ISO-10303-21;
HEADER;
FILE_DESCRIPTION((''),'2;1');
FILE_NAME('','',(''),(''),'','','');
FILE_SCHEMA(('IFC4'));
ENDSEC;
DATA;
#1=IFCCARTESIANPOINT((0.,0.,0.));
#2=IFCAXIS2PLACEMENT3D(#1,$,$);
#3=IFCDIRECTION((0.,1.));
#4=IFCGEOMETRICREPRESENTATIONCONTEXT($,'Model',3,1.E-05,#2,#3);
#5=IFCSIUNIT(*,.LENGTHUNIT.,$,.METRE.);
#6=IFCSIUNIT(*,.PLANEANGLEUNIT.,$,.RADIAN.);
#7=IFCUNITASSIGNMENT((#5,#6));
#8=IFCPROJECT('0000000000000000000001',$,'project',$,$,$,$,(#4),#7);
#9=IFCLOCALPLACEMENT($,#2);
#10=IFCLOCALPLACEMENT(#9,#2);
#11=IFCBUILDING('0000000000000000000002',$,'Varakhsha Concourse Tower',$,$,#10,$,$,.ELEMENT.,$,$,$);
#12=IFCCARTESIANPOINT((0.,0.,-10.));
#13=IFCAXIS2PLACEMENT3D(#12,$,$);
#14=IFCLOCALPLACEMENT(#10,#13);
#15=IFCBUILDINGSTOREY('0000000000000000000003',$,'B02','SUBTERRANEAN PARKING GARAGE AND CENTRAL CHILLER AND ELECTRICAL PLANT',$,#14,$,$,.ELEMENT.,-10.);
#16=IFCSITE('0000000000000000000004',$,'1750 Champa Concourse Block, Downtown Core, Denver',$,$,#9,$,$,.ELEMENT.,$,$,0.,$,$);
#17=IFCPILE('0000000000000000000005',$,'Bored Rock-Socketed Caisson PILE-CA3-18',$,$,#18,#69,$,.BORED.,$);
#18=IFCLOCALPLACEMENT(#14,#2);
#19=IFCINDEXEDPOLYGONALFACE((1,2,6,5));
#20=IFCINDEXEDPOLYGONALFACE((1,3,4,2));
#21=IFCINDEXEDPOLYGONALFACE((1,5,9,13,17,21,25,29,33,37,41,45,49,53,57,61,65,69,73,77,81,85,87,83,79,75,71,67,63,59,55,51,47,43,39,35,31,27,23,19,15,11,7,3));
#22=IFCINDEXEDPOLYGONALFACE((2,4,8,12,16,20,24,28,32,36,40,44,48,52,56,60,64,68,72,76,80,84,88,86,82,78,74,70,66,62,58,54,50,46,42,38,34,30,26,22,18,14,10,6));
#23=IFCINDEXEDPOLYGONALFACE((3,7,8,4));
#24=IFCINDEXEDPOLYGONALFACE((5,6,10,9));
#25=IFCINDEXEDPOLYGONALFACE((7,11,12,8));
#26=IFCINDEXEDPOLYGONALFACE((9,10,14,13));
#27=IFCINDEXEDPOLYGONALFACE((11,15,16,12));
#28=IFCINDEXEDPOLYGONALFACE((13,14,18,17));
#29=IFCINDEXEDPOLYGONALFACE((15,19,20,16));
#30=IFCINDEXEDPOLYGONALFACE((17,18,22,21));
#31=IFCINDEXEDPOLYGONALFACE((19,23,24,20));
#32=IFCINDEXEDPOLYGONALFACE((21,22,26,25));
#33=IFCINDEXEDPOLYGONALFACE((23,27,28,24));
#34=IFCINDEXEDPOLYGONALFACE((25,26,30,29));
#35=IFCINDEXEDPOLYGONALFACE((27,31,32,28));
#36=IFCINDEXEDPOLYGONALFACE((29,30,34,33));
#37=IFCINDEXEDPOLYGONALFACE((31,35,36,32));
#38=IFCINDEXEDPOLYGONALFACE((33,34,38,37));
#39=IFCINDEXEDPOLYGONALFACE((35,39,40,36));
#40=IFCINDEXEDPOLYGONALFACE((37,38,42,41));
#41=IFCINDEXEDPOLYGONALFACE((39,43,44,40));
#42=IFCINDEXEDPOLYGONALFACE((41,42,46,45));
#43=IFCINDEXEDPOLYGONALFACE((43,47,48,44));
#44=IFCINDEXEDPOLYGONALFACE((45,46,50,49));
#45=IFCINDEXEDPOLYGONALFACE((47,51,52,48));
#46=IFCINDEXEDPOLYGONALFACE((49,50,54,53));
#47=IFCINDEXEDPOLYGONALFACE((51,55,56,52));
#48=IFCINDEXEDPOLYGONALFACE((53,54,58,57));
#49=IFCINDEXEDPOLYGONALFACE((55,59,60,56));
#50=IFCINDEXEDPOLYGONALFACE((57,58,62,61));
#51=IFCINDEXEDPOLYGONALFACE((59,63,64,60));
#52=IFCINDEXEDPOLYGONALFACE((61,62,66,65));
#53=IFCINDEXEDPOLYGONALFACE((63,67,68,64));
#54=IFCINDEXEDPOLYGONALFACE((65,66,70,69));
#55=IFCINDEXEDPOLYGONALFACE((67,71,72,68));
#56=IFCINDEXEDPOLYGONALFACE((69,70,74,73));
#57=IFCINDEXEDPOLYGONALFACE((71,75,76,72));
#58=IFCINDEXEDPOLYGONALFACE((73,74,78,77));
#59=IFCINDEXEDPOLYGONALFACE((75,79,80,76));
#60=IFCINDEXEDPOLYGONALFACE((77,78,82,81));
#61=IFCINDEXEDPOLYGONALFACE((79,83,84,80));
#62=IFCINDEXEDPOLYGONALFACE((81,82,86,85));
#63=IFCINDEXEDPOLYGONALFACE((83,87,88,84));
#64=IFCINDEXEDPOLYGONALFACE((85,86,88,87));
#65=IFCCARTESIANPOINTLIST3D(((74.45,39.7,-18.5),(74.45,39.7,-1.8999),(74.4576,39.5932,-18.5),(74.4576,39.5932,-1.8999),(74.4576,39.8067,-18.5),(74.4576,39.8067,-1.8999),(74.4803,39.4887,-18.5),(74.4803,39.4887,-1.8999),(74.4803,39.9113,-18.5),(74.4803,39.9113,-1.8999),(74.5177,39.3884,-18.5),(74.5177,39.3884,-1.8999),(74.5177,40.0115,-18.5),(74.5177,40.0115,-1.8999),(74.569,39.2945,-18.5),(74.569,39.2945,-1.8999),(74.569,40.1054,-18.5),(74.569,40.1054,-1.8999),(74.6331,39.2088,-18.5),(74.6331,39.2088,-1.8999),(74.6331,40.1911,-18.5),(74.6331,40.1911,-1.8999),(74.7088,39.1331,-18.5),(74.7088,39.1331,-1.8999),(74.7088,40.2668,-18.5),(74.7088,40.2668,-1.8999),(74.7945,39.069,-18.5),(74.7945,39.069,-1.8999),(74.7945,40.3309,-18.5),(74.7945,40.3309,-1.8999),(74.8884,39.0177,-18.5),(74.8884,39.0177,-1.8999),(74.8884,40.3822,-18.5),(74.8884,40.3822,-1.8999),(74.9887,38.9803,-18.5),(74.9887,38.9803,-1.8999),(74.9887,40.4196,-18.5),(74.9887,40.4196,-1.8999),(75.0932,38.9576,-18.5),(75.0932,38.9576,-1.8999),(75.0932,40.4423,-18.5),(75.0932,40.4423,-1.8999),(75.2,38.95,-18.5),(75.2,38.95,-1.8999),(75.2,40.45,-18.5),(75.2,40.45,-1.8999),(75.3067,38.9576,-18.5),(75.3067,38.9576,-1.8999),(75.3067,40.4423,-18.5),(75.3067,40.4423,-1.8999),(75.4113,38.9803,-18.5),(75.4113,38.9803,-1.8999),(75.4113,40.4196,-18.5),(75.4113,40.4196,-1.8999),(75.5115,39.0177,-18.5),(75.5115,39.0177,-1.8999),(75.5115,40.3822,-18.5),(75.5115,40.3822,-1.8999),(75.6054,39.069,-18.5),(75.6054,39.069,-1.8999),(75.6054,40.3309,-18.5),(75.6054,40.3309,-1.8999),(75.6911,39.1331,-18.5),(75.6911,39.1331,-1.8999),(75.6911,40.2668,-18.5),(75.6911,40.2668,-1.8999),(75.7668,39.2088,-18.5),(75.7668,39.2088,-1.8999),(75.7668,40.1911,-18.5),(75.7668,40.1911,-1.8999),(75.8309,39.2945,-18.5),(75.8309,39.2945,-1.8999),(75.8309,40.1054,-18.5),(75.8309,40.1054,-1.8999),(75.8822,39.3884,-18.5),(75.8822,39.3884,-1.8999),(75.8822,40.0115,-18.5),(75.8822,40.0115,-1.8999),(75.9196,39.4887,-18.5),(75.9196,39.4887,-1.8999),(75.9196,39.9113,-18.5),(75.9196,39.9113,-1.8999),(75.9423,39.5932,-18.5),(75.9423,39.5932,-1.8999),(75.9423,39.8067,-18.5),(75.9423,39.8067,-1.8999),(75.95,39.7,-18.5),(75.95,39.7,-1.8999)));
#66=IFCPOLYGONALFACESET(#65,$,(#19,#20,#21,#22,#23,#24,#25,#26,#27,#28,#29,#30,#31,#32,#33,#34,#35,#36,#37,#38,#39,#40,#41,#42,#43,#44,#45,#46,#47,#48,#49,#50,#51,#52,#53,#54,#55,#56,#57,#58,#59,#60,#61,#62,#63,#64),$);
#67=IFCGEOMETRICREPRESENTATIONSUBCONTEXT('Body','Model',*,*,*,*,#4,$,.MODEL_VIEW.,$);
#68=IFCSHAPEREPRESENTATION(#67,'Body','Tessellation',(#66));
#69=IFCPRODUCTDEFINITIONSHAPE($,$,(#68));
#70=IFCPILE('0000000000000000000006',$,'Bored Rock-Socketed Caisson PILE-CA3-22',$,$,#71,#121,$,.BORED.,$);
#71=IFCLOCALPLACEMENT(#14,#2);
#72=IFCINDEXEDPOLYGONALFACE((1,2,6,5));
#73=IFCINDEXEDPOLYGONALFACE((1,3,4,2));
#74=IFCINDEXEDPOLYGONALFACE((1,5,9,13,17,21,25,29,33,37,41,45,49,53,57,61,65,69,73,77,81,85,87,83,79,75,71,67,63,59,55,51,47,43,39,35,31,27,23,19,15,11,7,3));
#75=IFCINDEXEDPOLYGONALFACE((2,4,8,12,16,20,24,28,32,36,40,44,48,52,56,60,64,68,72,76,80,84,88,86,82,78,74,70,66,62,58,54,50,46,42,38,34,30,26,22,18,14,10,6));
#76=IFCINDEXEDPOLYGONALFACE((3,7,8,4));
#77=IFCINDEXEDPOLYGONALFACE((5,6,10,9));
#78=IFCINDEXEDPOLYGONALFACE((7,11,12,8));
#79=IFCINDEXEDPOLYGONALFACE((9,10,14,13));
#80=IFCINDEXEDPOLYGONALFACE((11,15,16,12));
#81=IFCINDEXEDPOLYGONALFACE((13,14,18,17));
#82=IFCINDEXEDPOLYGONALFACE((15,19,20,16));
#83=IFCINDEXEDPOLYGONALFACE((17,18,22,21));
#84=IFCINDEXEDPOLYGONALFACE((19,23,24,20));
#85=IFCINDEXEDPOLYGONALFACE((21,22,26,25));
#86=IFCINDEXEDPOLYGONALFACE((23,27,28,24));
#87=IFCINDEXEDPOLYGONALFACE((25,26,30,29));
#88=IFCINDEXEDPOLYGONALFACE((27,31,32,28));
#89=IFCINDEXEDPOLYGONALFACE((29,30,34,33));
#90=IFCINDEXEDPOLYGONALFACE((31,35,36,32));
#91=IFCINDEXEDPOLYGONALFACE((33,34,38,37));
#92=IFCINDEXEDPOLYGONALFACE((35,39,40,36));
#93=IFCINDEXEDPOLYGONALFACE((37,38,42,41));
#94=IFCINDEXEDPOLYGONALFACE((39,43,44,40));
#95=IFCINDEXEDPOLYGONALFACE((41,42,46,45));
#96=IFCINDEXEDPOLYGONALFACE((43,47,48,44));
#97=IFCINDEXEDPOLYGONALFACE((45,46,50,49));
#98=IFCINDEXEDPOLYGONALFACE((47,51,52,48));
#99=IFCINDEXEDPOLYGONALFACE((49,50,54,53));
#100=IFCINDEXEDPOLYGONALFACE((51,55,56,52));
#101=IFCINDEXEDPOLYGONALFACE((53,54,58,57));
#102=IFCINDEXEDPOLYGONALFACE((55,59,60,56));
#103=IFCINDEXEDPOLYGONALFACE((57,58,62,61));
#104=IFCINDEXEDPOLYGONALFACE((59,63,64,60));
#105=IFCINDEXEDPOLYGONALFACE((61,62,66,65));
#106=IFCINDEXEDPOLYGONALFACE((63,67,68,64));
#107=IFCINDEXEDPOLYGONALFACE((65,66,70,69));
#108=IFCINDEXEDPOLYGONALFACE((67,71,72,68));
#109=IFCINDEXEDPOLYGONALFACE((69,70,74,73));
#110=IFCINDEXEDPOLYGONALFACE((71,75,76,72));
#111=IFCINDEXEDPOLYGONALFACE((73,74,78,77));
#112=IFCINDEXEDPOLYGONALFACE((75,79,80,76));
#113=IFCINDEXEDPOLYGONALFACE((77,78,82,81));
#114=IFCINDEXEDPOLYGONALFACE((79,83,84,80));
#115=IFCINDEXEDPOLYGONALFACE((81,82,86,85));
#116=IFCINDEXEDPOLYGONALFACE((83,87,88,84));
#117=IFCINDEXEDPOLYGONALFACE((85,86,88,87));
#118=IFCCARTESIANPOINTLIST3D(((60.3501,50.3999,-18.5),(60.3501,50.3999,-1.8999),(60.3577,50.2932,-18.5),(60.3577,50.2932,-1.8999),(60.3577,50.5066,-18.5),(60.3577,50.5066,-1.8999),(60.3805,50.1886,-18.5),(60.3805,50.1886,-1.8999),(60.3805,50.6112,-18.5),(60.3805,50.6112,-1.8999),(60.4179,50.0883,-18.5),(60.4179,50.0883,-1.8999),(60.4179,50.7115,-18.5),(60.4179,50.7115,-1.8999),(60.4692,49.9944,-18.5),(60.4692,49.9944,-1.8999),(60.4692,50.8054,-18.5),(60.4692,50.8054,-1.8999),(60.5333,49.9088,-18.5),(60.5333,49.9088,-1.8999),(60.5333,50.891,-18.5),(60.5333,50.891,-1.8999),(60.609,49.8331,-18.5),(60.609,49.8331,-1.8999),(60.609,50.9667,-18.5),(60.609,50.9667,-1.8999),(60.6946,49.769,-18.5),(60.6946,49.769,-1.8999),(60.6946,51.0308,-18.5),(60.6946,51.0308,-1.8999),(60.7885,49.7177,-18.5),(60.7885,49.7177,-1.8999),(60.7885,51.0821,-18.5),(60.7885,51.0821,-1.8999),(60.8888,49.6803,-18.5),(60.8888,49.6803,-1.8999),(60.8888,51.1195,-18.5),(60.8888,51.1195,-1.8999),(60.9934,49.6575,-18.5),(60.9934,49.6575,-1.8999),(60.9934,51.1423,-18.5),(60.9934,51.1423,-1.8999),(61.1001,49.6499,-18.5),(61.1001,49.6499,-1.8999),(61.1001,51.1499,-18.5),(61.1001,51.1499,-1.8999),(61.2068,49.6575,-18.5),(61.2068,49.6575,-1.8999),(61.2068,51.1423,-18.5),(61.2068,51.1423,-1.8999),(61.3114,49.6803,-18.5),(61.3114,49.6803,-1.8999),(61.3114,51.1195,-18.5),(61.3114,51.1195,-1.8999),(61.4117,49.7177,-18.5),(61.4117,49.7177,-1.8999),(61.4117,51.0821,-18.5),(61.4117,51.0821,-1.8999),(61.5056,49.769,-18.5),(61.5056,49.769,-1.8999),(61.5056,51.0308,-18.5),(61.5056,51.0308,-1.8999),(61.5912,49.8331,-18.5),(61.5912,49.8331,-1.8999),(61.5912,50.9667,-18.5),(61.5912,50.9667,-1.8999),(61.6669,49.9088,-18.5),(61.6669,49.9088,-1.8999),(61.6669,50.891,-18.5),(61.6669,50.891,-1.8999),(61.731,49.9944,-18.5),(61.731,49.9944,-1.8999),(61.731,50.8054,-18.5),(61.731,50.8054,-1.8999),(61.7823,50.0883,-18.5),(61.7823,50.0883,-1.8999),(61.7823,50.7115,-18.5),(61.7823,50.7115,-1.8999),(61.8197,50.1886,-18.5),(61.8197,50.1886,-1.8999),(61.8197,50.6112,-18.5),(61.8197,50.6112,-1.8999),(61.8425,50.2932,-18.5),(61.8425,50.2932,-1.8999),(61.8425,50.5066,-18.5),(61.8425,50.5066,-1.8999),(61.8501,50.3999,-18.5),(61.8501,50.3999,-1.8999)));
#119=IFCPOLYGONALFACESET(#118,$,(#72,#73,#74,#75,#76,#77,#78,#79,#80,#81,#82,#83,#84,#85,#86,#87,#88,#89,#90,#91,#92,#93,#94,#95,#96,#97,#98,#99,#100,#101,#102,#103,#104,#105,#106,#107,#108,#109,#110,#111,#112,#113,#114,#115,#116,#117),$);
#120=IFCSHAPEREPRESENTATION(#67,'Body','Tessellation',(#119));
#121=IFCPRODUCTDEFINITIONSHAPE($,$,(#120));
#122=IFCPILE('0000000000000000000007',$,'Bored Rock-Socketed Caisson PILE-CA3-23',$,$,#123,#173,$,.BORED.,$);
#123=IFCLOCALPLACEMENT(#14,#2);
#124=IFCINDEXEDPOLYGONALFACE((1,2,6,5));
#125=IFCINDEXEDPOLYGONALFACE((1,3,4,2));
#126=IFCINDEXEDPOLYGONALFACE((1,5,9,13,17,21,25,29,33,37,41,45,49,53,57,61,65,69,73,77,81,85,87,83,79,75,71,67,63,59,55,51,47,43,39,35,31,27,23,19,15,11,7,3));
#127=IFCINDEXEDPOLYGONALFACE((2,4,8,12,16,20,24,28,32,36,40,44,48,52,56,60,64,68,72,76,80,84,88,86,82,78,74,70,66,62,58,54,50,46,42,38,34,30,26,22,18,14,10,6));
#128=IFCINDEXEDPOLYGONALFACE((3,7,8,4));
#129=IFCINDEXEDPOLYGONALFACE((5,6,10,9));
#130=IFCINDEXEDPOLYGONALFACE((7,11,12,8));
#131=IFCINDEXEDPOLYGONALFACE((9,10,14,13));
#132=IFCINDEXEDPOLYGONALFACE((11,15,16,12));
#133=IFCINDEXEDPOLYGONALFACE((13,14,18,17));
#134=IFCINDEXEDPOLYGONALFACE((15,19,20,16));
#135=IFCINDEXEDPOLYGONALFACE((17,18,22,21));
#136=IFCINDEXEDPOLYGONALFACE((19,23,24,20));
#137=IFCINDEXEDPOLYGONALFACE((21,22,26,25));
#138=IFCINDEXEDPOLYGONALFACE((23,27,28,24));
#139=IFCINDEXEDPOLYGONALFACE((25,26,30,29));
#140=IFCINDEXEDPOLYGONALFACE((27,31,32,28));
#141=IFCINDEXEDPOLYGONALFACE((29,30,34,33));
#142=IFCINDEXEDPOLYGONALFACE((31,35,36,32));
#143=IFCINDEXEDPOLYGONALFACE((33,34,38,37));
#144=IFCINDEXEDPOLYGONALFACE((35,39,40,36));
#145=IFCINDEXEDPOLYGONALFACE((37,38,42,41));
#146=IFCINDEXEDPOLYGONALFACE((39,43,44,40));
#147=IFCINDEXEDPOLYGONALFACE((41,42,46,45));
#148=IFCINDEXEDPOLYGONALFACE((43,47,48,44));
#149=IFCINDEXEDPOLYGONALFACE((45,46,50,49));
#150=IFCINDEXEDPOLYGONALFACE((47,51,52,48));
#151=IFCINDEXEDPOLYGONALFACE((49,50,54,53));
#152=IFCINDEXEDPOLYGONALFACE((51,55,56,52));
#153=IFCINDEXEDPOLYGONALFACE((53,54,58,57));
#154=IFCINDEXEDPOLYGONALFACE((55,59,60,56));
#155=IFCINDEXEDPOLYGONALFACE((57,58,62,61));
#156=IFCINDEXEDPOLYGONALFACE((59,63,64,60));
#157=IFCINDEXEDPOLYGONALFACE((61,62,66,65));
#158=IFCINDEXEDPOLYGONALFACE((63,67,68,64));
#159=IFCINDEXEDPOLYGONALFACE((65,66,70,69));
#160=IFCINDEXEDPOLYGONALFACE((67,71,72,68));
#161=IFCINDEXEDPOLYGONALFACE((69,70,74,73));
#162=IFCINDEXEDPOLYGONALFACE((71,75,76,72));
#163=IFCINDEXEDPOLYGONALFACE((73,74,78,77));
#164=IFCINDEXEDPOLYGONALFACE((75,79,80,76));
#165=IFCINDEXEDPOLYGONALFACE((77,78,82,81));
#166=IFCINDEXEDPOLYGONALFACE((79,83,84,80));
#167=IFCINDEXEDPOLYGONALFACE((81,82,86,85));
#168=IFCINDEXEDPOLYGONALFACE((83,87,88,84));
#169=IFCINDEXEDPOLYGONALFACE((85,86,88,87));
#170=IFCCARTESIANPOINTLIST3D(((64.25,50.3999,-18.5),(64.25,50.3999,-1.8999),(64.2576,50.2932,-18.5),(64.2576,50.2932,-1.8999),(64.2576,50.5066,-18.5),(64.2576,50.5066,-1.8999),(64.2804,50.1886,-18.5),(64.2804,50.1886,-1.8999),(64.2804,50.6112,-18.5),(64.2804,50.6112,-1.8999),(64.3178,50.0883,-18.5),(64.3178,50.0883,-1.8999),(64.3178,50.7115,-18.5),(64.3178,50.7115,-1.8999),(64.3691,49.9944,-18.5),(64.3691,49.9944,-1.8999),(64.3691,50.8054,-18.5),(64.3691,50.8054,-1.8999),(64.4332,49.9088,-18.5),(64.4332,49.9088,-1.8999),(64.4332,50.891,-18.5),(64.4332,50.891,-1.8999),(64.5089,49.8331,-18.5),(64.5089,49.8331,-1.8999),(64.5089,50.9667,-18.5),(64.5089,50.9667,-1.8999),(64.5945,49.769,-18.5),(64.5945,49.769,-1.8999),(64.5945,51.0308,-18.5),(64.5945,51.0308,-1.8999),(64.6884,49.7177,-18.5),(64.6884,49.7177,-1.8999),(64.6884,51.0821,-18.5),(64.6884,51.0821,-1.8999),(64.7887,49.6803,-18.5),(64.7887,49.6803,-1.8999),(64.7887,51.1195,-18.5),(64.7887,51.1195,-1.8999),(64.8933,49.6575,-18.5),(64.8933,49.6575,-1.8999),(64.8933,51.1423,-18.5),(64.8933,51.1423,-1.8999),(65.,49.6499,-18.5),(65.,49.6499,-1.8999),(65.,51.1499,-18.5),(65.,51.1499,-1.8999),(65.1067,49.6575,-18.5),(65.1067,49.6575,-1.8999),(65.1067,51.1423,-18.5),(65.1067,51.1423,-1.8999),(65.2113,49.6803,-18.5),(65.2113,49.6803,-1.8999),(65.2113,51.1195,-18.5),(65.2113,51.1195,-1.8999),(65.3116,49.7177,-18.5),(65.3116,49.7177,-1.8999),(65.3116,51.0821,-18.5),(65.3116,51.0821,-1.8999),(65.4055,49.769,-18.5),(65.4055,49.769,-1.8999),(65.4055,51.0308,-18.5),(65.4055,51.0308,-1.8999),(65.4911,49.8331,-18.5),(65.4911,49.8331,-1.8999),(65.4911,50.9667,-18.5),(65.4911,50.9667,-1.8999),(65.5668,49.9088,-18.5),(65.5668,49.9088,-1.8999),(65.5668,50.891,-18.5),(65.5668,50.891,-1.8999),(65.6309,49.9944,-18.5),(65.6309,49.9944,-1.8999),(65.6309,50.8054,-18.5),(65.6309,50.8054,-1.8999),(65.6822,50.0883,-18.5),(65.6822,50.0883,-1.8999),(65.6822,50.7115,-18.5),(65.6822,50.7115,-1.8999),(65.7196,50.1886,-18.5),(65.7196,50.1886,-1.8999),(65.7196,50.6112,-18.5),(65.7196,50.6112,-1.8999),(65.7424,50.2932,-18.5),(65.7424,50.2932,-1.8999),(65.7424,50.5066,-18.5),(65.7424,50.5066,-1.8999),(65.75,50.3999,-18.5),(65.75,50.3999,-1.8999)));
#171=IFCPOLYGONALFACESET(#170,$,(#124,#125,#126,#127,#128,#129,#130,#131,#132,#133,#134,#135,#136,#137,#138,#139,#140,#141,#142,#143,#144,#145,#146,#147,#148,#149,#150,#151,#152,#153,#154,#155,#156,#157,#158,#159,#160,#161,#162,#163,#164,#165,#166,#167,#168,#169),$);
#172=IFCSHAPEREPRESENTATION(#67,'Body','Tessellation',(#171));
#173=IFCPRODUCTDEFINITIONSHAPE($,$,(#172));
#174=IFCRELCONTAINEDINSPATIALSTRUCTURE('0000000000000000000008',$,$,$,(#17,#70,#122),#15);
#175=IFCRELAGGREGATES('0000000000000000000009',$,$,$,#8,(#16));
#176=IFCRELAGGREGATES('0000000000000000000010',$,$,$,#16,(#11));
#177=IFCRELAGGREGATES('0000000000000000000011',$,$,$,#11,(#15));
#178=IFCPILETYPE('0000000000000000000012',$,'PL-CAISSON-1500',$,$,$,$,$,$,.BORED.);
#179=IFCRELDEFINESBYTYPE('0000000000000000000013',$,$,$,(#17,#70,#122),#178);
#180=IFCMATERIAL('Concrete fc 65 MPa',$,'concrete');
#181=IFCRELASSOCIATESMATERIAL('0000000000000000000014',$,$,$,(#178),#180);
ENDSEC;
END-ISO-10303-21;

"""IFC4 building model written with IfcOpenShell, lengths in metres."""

from ifc_helpers import new_model, si_unit, direction, frame, origin, origin_2d, place, context, subcontext, project, spatial, circle, extrude, material, material_profile, profile_set, type_object, element, save


model = new_model("IFC4")

# Units and contexts
model_context = context("Model", 3, precision=1e-05, world=origin(), true_north=direction((0.0, 1.0)))
body_context = subcontext(model_context, "Body", "Model", "MODEL_VIEW")
ifc_project = project(units=[si_unit("LENGTHUNIT", "METRE"), si_unit("PLANEANGLEUNIT", "RADIAN")], contexts=[model_context])

# Site, building, storey
site_placement = place(None, origin())
site = spatial("IfcSite", under=ifc_project, at=site_placement, Name="1750 Champa Concourse Block, Downtown Core, Denver", CompositionType="ELEMENT", RefElevation=0.0)
building_placement = place(site_placement, origin())
building = spatial("IfcBuilding", under=site, at=building_placement, Name="Varakhsha Concourse Tower", CompositionType="ELEMENT")
storey_placement = place(building_placement, frame((0.0, 0.0, -10.0)))
storey = spatial("IfcBuildingStorey", under=building, at=storey_placement, Name="B02", Description="SUBTERRANEAN PARKING GARAGE AND CENTRAL CHILLER AND ELECTRICAL PLANT", CompositionType="ELEMENT", Elevation=-10.0)

# Piles
ifc_material_1 = material(Name="Concrete fc 65 MPa", Category="concrete")
ifc_material_profile_1 = material_profile(ifc_material_1, circle(Radius=0.75, at=origin_2d()), Name="CAISSON D1500")
ifc_profile_set_1 = profile_set([ifc_material_profile_1], Name="Concrete fc 65 MPa")
pile_type_1 = type_object("IfcPileType", Name="PL-CAISSON-1500", PredefinedType="BORED", material=ifc_profile_set_1)
for number, where, z_axis, x_axis, name in (
    (1, (75.2, 39.7, -1.8999), (0.0, 0.0, -1.0), (1.0, 0.0, 0.0), "Bored Rock-Socketed Caisson PILE-CA3-18"),
    (2, (61.1001, 50.3999, -1.8999), (0.0, 0.0, -1.0), (1.0, 0.0, 0.0), "Bored Rock-Socketed Caisson PILE-CA3-22"),
    (3, (65.0, 50.3999, -1.8999), (0.0, 0.0, -1.0), (1.0, 0.0, 0.0), "Bored Rock-Socketed Caisson PILE-CA3-23"),
):
    element("IfcPile", number, at=place(storey_placement, frame(where, z_axis=z_axis, x_axis=x_axis)), inside=storey, type_object=pile_type_1, Name=name, PredefinedType="BORED", context=body_context, shape_type="SweptSolid", body=[
        extrude(circle(Radius=0.75, at=origin_2d()), origin(), (0.0, 0.0, 1.0), 16.6001),
    ])

save(model, "model.ifc")
